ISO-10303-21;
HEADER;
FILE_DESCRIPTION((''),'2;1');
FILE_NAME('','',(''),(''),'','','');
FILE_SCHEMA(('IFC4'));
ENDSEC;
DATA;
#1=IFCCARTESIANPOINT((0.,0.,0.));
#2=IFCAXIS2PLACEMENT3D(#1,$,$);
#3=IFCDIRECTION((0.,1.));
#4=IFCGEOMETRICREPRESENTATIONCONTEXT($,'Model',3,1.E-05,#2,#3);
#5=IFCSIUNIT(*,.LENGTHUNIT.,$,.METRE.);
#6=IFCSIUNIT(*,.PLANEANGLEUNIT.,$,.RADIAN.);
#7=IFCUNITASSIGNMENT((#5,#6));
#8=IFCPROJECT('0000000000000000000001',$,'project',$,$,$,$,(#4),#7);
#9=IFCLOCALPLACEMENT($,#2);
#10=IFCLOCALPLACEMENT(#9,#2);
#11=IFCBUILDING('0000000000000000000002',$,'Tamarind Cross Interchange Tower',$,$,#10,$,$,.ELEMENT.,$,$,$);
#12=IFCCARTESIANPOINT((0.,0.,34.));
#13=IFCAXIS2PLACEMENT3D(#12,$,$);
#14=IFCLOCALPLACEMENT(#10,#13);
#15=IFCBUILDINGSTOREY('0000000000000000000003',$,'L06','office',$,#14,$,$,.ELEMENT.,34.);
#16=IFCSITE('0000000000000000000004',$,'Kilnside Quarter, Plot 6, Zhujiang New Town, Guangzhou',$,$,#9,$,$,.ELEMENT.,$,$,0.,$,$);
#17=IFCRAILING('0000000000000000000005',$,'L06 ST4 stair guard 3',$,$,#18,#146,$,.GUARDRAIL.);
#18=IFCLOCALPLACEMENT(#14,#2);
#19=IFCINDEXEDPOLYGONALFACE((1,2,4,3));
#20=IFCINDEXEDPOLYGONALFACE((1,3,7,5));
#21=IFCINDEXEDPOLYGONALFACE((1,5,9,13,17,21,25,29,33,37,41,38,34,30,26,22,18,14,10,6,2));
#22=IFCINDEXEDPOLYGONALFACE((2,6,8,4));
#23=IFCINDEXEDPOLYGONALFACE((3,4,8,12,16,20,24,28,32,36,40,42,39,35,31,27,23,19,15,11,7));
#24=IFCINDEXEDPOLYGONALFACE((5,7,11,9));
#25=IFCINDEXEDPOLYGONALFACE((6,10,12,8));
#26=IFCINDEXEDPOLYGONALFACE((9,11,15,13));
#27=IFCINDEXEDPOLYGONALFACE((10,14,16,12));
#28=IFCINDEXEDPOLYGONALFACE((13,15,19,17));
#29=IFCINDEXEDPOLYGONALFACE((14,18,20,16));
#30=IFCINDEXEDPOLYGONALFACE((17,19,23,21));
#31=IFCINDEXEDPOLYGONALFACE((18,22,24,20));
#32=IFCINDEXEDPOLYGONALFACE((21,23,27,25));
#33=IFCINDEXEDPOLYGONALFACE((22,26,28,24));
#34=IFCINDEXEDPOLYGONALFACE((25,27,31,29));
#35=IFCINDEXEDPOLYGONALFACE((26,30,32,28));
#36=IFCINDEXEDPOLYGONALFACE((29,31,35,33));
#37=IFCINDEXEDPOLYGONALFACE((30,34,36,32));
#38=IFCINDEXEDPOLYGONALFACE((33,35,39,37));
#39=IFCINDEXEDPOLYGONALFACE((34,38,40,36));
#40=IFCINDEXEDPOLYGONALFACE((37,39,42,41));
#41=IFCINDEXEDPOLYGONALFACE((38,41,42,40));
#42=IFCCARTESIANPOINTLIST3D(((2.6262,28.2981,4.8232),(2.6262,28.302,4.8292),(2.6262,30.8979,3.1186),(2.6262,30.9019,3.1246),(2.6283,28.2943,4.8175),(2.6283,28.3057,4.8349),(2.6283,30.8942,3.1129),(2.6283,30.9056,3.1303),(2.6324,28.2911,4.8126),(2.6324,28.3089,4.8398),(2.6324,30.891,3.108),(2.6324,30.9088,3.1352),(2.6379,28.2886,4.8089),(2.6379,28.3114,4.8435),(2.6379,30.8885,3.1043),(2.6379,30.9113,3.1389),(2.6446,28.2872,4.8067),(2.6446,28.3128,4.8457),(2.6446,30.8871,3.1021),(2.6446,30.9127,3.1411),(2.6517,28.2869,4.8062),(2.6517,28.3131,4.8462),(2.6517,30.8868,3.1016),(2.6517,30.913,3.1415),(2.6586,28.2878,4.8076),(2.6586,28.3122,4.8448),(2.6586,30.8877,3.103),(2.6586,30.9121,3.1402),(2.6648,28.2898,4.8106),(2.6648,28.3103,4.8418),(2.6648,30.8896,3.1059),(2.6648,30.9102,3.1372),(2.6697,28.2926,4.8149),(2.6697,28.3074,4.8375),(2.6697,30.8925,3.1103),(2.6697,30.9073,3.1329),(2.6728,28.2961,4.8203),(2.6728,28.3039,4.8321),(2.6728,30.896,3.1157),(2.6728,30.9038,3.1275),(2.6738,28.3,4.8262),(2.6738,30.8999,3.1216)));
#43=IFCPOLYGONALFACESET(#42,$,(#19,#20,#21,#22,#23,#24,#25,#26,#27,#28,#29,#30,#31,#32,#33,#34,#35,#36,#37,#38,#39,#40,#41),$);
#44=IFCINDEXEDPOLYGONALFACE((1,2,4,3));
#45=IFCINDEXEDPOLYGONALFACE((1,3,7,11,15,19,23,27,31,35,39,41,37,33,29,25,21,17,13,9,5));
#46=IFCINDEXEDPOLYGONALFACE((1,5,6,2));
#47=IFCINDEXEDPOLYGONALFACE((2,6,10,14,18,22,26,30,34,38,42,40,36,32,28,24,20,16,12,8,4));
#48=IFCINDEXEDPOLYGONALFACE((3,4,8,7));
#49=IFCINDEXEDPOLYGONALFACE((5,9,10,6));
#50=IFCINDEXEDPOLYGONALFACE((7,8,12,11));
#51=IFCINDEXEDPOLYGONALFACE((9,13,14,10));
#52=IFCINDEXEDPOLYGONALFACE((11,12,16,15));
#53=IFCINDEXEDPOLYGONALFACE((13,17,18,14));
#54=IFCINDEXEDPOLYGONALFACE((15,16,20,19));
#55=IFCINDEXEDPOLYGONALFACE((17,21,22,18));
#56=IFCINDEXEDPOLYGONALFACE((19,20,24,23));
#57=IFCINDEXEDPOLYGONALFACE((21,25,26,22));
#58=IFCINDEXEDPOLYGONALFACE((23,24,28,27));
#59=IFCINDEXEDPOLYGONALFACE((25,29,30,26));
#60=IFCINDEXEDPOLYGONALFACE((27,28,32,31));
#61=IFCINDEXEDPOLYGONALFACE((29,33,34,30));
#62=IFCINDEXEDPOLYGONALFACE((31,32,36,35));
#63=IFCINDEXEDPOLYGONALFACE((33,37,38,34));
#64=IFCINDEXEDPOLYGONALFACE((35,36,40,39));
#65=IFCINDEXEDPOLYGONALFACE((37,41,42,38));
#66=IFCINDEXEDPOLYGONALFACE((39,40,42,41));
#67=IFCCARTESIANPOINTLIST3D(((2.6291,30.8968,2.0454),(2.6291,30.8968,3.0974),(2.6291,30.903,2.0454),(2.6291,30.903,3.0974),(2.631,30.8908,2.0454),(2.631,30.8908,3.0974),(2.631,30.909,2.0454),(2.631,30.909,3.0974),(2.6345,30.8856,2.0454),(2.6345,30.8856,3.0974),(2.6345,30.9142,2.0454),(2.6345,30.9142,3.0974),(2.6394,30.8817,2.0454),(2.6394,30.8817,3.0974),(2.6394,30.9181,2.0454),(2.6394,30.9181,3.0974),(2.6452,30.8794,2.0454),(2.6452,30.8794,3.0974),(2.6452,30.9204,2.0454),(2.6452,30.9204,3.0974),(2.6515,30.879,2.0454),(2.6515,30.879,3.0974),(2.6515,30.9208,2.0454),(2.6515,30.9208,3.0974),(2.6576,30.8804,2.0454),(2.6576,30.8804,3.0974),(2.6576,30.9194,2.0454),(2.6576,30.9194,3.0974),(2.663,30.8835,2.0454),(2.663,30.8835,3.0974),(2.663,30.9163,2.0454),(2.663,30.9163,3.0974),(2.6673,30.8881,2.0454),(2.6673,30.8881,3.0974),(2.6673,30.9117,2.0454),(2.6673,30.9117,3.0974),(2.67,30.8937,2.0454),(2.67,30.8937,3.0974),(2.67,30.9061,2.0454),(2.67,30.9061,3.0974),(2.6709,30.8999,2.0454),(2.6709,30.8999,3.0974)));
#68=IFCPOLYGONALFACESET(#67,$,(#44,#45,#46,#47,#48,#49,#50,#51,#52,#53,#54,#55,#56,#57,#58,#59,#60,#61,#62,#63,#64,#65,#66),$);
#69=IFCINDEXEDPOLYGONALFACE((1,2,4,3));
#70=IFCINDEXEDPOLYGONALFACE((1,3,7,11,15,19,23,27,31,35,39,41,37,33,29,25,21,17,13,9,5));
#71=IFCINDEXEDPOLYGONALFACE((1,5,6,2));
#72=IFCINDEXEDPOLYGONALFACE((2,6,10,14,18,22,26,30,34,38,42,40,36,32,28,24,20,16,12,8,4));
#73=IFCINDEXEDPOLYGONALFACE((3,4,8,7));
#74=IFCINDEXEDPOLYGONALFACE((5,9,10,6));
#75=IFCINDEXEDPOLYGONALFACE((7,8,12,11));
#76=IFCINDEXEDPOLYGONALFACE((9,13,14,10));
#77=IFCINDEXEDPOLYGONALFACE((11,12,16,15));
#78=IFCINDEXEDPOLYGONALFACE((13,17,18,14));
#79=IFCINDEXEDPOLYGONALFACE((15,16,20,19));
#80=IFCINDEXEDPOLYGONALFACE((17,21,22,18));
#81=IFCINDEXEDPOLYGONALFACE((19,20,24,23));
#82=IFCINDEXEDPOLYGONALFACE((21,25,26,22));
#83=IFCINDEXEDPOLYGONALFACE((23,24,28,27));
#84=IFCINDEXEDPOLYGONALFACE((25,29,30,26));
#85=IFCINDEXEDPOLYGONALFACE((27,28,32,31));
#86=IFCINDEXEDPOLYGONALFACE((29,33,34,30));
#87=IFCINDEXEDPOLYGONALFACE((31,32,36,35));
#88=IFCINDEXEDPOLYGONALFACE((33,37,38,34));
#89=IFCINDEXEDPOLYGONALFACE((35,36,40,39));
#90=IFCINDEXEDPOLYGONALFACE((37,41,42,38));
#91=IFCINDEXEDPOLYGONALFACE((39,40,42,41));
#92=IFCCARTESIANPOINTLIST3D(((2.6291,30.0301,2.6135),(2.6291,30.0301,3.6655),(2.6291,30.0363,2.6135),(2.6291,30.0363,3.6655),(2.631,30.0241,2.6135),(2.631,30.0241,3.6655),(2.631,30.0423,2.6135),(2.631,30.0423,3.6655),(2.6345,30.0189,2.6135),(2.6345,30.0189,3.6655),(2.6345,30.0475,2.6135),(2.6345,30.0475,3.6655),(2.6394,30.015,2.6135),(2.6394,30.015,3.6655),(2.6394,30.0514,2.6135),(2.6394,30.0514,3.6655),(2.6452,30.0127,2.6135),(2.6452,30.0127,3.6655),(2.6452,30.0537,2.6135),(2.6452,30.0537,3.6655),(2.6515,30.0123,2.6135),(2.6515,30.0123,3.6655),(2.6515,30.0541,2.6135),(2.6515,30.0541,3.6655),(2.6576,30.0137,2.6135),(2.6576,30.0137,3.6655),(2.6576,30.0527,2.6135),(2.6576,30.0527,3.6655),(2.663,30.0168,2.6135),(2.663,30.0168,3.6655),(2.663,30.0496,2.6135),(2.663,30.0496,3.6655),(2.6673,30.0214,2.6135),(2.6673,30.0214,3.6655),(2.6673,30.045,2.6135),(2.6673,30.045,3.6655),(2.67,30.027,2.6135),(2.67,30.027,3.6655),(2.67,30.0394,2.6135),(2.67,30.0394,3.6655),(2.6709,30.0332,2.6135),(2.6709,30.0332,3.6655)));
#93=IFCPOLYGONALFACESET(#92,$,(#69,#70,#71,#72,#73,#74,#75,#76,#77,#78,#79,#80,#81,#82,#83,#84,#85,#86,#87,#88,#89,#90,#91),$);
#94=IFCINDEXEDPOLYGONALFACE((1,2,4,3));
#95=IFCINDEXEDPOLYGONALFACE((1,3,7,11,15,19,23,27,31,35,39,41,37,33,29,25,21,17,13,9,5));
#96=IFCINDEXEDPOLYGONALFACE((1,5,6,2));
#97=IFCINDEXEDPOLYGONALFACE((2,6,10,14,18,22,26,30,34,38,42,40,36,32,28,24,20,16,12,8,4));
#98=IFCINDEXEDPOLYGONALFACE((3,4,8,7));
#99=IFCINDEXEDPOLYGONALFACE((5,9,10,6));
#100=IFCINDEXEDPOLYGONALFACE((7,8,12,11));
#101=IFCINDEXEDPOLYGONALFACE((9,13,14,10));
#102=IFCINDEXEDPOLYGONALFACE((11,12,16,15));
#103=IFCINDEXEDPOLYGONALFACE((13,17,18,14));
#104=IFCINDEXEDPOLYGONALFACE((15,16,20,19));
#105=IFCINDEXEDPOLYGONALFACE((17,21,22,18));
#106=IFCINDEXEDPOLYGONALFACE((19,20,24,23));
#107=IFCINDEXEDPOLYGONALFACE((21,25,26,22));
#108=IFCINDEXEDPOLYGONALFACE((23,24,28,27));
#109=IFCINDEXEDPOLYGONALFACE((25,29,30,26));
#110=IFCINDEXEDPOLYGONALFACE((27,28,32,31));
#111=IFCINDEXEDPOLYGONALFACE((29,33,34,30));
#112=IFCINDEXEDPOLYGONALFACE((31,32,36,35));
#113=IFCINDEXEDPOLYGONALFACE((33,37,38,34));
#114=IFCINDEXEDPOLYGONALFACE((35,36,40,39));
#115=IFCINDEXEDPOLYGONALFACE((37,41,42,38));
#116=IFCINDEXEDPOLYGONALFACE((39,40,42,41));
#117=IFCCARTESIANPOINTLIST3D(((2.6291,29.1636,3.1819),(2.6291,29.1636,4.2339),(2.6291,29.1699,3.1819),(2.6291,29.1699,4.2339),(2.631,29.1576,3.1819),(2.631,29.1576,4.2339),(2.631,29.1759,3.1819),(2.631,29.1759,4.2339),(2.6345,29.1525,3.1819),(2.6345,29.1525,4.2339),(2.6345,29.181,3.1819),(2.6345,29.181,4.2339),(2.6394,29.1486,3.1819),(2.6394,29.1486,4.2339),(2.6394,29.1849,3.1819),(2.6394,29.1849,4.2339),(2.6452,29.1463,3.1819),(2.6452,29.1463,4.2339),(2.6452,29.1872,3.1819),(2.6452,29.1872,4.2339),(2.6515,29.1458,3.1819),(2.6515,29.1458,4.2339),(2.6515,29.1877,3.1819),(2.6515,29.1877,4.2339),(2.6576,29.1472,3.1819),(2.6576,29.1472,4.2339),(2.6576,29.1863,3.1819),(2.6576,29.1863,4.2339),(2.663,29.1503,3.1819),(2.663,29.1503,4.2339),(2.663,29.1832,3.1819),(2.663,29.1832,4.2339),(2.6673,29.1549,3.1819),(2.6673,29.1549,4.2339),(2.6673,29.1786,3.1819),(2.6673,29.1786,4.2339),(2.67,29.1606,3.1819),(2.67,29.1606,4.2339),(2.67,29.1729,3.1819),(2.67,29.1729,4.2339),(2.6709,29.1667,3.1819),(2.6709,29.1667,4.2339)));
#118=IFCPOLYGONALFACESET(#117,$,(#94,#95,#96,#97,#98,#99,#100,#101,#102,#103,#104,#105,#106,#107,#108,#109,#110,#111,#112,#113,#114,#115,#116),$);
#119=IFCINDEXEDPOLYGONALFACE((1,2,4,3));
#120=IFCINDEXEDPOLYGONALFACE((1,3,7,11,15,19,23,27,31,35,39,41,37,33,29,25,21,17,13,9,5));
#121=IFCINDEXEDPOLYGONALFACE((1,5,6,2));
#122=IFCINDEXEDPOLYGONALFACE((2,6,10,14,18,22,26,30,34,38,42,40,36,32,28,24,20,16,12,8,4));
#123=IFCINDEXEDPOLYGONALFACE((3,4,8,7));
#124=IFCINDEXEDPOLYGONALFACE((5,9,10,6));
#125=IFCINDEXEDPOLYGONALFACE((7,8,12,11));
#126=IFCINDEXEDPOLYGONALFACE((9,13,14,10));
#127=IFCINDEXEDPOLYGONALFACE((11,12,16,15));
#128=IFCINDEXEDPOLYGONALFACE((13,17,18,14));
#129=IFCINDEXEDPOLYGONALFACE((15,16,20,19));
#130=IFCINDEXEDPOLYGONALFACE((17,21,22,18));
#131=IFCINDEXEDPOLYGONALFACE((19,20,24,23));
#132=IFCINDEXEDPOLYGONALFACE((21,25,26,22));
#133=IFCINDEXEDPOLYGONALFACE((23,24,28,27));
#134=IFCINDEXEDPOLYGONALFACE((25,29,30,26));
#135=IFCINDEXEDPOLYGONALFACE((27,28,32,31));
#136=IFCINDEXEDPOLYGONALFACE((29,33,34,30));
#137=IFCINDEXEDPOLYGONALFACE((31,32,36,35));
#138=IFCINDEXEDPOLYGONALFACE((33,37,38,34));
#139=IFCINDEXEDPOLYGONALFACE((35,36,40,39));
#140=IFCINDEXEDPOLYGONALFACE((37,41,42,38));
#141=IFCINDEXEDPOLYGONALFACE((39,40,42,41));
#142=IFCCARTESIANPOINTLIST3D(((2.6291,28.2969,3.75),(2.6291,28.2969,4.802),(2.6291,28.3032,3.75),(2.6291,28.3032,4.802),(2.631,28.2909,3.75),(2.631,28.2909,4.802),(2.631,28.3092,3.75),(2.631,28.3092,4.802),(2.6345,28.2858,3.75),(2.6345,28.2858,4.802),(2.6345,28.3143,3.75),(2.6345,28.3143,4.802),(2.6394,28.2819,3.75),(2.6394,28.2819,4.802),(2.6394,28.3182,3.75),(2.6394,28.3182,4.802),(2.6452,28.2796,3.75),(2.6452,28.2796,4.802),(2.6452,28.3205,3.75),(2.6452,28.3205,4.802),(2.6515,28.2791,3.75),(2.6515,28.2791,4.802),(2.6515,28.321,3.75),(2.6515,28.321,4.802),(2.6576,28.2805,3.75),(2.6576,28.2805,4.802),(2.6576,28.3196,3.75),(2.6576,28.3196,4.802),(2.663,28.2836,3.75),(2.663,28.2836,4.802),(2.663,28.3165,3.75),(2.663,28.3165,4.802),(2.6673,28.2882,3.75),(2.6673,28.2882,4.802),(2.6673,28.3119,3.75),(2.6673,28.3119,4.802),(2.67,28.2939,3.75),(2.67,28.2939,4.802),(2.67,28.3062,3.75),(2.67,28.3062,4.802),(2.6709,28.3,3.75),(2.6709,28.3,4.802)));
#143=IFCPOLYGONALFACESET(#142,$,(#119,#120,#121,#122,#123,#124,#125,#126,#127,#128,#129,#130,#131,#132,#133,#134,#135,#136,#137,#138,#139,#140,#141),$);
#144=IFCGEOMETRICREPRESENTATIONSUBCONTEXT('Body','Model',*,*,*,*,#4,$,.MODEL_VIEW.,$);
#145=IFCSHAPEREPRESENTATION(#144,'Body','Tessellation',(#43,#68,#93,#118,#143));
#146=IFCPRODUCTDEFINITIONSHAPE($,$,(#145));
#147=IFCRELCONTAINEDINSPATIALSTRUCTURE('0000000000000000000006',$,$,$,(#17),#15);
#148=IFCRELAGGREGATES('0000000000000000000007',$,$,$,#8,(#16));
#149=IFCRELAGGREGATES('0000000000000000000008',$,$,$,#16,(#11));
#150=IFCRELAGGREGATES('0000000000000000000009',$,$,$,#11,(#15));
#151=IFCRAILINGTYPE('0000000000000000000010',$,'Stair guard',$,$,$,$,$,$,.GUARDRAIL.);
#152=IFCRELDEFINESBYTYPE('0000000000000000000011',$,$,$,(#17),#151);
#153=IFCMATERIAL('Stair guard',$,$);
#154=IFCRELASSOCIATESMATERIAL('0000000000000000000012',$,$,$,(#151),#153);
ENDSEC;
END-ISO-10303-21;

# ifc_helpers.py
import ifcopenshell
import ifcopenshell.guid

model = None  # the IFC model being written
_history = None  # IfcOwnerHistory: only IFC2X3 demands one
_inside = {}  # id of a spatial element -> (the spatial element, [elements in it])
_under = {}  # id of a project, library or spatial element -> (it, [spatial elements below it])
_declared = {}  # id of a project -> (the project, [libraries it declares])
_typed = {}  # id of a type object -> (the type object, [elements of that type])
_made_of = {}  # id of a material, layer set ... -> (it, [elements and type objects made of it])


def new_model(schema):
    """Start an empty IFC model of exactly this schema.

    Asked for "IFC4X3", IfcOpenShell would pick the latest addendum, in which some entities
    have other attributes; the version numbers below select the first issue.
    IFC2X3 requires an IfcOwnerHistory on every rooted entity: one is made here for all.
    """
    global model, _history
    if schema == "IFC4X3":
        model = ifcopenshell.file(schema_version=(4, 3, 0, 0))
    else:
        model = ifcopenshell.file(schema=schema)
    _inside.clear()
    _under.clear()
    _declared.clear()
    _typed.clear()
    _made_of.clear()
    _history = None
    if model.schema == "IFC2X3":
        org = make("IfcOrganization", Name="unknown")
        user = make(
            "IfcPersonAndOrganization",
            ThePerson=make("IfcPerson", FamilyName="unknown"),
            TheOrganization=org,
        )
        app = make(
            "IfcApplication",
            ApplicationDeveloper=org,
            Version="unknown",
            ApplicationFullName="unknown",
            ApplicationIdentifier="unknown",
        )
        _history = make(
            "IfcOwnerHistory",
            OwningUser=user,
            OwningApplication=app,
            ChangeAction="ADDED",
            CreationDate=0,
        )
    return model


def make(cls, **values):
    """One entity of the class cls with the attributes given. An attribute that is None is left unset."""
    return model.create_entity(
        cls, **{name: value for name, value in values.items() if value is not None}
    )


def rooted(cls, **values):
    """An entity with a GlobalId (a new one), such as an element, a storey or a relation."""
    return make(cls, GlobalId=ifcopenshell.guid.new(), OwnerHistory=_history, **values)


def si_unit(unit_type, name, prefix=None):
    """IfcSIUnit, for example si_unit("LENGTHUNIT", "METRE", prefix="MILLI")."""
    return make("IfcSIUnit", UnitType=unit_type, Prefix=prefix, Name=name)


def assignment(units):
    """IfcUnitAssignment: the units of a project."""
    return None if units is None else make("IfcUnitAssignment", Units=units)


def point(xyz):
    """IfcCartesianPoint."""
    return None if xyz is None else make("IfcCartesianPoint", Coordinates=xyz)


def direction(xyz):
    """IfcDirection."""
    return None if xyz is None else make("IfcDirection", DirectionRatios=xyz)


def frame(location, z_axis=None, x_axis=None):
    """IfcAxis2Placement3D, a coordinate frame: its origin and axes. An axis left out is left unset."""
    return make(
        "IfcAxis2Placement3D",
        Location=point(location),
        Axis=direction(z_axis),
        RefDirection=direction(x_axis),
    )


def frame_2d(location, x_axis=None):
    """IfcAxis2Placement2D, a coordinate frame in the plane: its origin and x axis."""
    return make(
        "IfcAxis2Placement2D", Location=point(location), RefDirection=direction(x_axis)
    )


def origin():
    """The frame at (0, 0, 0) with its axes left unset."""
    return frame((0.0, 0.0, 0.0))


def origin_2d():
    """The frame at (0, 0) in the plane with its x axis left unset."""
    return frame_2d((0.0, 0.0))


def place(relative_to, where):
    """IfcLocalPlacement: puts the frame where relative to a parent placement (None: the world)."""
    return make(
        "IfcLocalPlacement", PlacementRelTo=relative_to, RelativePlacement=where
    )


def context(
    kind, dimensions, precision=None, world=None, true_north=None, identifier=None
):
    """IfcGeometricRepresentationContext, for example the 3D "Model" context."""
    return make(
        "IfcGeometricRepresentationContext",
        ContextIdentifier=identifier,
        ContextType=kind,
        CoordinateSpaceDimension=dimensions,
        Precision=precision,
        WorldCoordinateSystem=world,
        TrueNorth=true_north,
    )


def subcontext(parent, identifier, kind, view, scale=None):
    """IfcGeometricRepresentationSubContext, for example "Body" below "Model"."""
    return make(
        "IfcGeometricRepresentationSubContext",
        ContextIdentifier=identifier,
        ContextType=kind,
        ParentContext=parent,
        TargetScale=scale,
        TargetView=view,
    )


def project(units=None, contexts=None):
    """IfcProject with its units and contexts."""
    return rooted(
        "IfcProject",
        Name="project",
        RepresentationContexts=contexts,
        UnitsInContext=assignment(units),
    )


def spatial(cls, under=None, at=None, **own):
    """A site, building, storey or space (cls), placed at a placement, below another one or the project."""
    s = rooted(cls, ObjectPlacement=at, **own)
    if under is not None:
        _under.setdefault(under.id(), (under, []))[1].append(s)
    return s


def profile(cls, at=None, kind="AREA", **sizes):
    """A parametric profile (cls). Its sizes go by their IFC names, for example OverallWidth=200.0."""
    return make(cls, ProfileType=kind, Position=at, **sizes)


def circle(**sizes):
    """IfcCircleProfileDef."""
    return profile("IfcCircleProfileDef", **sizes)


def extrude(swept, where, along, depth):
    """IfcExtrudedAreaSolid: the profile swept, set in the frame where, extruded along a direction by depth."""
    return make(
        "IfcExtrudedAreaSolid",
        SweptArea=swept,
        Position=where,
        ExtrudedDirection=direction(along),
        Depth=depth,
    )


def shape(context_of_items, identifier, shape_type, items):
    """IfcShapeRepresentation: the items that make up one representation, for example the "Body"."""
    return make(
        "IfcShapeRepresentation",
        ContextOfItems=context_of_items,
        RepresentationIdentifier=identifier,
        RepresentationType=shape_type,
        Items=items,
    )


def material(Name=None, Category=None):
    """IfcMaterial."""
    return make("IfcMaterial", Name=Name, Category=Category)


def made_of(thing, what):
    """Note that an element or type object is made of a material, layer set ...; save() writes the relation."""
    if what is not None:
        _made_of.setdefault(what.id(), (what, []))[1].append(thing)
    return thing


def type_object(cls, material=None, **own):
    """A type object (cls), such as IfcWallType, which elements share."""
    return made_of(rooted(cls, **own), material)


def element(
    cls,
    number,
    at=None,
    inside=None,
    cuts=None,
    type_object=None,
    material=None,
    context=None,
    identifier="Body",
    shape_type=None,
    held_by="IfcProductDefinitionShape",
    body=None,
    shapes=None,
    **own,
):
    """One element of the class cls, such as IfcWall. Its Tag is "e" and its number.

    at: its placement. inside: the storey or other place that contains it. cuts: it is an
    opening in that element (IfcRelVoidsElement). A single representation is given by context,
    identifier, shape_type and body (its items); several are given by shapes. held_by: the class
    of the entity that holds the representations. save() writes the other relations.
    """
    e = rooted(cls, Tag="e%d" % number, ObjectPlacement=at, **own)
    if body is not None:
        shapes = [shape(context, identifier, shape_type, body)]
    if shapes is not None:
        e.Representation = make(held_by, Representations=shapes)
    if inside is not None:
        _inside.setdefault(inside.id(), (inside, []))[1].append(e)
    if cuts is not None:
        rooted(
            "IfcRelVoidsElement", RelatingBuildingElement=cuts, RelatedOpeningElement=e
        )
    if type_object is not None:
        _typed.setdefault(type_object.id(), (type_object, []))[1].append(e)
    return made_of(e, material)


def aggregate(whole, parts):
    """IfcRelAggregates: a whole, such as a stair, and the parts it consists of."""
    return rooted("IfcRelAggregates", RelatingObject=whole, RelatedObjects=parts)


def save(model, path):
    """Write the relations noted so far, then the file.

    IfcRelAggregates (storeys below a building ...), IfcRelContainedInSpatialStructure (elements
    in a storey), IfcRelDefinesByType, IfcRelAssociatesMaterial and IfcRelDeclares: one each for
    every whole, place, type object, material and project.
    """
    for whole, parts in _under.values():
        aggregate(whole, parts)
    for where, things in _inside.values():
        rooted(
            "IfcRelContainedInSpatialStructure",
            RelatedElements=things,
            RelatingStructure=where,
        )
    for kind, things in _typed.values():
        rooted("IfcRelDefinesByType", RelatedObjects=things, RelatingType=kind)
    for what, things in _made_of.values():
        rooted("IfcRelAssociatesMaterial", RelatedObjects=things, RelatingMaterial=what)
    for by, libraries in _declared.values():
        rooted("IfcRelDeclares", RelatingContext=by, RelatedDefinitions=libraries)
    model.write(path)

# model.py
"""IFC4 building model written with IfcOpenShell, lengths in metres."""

from ifc_helpers import new_model, si_unit, direction, frame, origin, origin_2d, place, context, subcontext, project, spatial, circle, extrude, material, type_object, element, save


model = new_model("IFC4")

# Units and contexts
model_context = context("Model", 3, precision=1e-05, world=origin(), true_north=direction((0.0, 1.0)))
body_context = subcontext(model_context, "Body", "Model", "MODEL_VIEW")
ifc_project = project(units=[si_unit("LENGTHUNIT", "METRE"), si_unit("PLANEANGLEUNIT", "RADIAN")], contexts=[model_context])

# Site, building, storey
site_placement = place(None, origin())
site = spatial("IfcSite", under=ifc_project, at=site_placement, Name="Kilnside Quarter, Plot 6, Zhujiang New Town, Guangzhou", CompositionType="ELEMENT", RefElevation=0.0)
building_placement = place(site_placement, origin())
building = spatial("IfcBuilding", under=site, at=building_placement, Name="Tamarind Cross Interchange Tower", CompositionType="ELEMENT")
storey_placement = place(building_placement, frame((0.0, 0.0, 34.0)))
storey = spatial("IfcBuildingStorey", under=building, at=storey_placement, Name="L06", Description="office", CompositionType="ELEMENT", Elevation=34.0)

# Railing
ifc_material_1 = material(Name="Stair guard")
railing_type_1 = type_object("IfcRailingType", Name="Stair guard", PredefinedType="GUARDRAIL", material=ifc_material_1)
railing_1_placement = place(storey_placement, frame((2.6499, 30.8999, 2.0454)))
element("IfcRailing", 1, at=railing_1_placement, inside=storey, type_object=railing_type_1, Name="L06 ST4 stair guard 3", PredefinedType="GUARDRAIL", context=body_context, shape_type="SweptSolid", body=[
    extrude(circle(Radius=0.0239, at=origin_2d()), frame((0.0, 0.0, 1.0762), z_axis=(0.0, -0.836279, 0.548305), x_axis=(1.0, 0.0, 0.0)), (0.0, 0.0, 1.0), 3.1089),
    extrude(circle(Radius=0.021, at=origin_2d()), origin(), (0.0, 0.0, 1.0), 1.052),
    extrude(circle(Radius=0.021, at=origin_2d()), frame((0.0, -0.8667, 0.5681)), (0.0, 0.0, 1.0), 1.052),
    extrude(circle(Radius=0.021, at=origin_2d()), frame((0.0, -1.7332, 1.1365)), (0.0, 0.0, 1.0), 1.052),
    extrude(circle(Radius=0.021, at=origin_2d()), frame((0.0, -2.5999, 1.7046)), (0.0, 0.0, 1.0), 1.052),
])

save(model, "model.ifc")
